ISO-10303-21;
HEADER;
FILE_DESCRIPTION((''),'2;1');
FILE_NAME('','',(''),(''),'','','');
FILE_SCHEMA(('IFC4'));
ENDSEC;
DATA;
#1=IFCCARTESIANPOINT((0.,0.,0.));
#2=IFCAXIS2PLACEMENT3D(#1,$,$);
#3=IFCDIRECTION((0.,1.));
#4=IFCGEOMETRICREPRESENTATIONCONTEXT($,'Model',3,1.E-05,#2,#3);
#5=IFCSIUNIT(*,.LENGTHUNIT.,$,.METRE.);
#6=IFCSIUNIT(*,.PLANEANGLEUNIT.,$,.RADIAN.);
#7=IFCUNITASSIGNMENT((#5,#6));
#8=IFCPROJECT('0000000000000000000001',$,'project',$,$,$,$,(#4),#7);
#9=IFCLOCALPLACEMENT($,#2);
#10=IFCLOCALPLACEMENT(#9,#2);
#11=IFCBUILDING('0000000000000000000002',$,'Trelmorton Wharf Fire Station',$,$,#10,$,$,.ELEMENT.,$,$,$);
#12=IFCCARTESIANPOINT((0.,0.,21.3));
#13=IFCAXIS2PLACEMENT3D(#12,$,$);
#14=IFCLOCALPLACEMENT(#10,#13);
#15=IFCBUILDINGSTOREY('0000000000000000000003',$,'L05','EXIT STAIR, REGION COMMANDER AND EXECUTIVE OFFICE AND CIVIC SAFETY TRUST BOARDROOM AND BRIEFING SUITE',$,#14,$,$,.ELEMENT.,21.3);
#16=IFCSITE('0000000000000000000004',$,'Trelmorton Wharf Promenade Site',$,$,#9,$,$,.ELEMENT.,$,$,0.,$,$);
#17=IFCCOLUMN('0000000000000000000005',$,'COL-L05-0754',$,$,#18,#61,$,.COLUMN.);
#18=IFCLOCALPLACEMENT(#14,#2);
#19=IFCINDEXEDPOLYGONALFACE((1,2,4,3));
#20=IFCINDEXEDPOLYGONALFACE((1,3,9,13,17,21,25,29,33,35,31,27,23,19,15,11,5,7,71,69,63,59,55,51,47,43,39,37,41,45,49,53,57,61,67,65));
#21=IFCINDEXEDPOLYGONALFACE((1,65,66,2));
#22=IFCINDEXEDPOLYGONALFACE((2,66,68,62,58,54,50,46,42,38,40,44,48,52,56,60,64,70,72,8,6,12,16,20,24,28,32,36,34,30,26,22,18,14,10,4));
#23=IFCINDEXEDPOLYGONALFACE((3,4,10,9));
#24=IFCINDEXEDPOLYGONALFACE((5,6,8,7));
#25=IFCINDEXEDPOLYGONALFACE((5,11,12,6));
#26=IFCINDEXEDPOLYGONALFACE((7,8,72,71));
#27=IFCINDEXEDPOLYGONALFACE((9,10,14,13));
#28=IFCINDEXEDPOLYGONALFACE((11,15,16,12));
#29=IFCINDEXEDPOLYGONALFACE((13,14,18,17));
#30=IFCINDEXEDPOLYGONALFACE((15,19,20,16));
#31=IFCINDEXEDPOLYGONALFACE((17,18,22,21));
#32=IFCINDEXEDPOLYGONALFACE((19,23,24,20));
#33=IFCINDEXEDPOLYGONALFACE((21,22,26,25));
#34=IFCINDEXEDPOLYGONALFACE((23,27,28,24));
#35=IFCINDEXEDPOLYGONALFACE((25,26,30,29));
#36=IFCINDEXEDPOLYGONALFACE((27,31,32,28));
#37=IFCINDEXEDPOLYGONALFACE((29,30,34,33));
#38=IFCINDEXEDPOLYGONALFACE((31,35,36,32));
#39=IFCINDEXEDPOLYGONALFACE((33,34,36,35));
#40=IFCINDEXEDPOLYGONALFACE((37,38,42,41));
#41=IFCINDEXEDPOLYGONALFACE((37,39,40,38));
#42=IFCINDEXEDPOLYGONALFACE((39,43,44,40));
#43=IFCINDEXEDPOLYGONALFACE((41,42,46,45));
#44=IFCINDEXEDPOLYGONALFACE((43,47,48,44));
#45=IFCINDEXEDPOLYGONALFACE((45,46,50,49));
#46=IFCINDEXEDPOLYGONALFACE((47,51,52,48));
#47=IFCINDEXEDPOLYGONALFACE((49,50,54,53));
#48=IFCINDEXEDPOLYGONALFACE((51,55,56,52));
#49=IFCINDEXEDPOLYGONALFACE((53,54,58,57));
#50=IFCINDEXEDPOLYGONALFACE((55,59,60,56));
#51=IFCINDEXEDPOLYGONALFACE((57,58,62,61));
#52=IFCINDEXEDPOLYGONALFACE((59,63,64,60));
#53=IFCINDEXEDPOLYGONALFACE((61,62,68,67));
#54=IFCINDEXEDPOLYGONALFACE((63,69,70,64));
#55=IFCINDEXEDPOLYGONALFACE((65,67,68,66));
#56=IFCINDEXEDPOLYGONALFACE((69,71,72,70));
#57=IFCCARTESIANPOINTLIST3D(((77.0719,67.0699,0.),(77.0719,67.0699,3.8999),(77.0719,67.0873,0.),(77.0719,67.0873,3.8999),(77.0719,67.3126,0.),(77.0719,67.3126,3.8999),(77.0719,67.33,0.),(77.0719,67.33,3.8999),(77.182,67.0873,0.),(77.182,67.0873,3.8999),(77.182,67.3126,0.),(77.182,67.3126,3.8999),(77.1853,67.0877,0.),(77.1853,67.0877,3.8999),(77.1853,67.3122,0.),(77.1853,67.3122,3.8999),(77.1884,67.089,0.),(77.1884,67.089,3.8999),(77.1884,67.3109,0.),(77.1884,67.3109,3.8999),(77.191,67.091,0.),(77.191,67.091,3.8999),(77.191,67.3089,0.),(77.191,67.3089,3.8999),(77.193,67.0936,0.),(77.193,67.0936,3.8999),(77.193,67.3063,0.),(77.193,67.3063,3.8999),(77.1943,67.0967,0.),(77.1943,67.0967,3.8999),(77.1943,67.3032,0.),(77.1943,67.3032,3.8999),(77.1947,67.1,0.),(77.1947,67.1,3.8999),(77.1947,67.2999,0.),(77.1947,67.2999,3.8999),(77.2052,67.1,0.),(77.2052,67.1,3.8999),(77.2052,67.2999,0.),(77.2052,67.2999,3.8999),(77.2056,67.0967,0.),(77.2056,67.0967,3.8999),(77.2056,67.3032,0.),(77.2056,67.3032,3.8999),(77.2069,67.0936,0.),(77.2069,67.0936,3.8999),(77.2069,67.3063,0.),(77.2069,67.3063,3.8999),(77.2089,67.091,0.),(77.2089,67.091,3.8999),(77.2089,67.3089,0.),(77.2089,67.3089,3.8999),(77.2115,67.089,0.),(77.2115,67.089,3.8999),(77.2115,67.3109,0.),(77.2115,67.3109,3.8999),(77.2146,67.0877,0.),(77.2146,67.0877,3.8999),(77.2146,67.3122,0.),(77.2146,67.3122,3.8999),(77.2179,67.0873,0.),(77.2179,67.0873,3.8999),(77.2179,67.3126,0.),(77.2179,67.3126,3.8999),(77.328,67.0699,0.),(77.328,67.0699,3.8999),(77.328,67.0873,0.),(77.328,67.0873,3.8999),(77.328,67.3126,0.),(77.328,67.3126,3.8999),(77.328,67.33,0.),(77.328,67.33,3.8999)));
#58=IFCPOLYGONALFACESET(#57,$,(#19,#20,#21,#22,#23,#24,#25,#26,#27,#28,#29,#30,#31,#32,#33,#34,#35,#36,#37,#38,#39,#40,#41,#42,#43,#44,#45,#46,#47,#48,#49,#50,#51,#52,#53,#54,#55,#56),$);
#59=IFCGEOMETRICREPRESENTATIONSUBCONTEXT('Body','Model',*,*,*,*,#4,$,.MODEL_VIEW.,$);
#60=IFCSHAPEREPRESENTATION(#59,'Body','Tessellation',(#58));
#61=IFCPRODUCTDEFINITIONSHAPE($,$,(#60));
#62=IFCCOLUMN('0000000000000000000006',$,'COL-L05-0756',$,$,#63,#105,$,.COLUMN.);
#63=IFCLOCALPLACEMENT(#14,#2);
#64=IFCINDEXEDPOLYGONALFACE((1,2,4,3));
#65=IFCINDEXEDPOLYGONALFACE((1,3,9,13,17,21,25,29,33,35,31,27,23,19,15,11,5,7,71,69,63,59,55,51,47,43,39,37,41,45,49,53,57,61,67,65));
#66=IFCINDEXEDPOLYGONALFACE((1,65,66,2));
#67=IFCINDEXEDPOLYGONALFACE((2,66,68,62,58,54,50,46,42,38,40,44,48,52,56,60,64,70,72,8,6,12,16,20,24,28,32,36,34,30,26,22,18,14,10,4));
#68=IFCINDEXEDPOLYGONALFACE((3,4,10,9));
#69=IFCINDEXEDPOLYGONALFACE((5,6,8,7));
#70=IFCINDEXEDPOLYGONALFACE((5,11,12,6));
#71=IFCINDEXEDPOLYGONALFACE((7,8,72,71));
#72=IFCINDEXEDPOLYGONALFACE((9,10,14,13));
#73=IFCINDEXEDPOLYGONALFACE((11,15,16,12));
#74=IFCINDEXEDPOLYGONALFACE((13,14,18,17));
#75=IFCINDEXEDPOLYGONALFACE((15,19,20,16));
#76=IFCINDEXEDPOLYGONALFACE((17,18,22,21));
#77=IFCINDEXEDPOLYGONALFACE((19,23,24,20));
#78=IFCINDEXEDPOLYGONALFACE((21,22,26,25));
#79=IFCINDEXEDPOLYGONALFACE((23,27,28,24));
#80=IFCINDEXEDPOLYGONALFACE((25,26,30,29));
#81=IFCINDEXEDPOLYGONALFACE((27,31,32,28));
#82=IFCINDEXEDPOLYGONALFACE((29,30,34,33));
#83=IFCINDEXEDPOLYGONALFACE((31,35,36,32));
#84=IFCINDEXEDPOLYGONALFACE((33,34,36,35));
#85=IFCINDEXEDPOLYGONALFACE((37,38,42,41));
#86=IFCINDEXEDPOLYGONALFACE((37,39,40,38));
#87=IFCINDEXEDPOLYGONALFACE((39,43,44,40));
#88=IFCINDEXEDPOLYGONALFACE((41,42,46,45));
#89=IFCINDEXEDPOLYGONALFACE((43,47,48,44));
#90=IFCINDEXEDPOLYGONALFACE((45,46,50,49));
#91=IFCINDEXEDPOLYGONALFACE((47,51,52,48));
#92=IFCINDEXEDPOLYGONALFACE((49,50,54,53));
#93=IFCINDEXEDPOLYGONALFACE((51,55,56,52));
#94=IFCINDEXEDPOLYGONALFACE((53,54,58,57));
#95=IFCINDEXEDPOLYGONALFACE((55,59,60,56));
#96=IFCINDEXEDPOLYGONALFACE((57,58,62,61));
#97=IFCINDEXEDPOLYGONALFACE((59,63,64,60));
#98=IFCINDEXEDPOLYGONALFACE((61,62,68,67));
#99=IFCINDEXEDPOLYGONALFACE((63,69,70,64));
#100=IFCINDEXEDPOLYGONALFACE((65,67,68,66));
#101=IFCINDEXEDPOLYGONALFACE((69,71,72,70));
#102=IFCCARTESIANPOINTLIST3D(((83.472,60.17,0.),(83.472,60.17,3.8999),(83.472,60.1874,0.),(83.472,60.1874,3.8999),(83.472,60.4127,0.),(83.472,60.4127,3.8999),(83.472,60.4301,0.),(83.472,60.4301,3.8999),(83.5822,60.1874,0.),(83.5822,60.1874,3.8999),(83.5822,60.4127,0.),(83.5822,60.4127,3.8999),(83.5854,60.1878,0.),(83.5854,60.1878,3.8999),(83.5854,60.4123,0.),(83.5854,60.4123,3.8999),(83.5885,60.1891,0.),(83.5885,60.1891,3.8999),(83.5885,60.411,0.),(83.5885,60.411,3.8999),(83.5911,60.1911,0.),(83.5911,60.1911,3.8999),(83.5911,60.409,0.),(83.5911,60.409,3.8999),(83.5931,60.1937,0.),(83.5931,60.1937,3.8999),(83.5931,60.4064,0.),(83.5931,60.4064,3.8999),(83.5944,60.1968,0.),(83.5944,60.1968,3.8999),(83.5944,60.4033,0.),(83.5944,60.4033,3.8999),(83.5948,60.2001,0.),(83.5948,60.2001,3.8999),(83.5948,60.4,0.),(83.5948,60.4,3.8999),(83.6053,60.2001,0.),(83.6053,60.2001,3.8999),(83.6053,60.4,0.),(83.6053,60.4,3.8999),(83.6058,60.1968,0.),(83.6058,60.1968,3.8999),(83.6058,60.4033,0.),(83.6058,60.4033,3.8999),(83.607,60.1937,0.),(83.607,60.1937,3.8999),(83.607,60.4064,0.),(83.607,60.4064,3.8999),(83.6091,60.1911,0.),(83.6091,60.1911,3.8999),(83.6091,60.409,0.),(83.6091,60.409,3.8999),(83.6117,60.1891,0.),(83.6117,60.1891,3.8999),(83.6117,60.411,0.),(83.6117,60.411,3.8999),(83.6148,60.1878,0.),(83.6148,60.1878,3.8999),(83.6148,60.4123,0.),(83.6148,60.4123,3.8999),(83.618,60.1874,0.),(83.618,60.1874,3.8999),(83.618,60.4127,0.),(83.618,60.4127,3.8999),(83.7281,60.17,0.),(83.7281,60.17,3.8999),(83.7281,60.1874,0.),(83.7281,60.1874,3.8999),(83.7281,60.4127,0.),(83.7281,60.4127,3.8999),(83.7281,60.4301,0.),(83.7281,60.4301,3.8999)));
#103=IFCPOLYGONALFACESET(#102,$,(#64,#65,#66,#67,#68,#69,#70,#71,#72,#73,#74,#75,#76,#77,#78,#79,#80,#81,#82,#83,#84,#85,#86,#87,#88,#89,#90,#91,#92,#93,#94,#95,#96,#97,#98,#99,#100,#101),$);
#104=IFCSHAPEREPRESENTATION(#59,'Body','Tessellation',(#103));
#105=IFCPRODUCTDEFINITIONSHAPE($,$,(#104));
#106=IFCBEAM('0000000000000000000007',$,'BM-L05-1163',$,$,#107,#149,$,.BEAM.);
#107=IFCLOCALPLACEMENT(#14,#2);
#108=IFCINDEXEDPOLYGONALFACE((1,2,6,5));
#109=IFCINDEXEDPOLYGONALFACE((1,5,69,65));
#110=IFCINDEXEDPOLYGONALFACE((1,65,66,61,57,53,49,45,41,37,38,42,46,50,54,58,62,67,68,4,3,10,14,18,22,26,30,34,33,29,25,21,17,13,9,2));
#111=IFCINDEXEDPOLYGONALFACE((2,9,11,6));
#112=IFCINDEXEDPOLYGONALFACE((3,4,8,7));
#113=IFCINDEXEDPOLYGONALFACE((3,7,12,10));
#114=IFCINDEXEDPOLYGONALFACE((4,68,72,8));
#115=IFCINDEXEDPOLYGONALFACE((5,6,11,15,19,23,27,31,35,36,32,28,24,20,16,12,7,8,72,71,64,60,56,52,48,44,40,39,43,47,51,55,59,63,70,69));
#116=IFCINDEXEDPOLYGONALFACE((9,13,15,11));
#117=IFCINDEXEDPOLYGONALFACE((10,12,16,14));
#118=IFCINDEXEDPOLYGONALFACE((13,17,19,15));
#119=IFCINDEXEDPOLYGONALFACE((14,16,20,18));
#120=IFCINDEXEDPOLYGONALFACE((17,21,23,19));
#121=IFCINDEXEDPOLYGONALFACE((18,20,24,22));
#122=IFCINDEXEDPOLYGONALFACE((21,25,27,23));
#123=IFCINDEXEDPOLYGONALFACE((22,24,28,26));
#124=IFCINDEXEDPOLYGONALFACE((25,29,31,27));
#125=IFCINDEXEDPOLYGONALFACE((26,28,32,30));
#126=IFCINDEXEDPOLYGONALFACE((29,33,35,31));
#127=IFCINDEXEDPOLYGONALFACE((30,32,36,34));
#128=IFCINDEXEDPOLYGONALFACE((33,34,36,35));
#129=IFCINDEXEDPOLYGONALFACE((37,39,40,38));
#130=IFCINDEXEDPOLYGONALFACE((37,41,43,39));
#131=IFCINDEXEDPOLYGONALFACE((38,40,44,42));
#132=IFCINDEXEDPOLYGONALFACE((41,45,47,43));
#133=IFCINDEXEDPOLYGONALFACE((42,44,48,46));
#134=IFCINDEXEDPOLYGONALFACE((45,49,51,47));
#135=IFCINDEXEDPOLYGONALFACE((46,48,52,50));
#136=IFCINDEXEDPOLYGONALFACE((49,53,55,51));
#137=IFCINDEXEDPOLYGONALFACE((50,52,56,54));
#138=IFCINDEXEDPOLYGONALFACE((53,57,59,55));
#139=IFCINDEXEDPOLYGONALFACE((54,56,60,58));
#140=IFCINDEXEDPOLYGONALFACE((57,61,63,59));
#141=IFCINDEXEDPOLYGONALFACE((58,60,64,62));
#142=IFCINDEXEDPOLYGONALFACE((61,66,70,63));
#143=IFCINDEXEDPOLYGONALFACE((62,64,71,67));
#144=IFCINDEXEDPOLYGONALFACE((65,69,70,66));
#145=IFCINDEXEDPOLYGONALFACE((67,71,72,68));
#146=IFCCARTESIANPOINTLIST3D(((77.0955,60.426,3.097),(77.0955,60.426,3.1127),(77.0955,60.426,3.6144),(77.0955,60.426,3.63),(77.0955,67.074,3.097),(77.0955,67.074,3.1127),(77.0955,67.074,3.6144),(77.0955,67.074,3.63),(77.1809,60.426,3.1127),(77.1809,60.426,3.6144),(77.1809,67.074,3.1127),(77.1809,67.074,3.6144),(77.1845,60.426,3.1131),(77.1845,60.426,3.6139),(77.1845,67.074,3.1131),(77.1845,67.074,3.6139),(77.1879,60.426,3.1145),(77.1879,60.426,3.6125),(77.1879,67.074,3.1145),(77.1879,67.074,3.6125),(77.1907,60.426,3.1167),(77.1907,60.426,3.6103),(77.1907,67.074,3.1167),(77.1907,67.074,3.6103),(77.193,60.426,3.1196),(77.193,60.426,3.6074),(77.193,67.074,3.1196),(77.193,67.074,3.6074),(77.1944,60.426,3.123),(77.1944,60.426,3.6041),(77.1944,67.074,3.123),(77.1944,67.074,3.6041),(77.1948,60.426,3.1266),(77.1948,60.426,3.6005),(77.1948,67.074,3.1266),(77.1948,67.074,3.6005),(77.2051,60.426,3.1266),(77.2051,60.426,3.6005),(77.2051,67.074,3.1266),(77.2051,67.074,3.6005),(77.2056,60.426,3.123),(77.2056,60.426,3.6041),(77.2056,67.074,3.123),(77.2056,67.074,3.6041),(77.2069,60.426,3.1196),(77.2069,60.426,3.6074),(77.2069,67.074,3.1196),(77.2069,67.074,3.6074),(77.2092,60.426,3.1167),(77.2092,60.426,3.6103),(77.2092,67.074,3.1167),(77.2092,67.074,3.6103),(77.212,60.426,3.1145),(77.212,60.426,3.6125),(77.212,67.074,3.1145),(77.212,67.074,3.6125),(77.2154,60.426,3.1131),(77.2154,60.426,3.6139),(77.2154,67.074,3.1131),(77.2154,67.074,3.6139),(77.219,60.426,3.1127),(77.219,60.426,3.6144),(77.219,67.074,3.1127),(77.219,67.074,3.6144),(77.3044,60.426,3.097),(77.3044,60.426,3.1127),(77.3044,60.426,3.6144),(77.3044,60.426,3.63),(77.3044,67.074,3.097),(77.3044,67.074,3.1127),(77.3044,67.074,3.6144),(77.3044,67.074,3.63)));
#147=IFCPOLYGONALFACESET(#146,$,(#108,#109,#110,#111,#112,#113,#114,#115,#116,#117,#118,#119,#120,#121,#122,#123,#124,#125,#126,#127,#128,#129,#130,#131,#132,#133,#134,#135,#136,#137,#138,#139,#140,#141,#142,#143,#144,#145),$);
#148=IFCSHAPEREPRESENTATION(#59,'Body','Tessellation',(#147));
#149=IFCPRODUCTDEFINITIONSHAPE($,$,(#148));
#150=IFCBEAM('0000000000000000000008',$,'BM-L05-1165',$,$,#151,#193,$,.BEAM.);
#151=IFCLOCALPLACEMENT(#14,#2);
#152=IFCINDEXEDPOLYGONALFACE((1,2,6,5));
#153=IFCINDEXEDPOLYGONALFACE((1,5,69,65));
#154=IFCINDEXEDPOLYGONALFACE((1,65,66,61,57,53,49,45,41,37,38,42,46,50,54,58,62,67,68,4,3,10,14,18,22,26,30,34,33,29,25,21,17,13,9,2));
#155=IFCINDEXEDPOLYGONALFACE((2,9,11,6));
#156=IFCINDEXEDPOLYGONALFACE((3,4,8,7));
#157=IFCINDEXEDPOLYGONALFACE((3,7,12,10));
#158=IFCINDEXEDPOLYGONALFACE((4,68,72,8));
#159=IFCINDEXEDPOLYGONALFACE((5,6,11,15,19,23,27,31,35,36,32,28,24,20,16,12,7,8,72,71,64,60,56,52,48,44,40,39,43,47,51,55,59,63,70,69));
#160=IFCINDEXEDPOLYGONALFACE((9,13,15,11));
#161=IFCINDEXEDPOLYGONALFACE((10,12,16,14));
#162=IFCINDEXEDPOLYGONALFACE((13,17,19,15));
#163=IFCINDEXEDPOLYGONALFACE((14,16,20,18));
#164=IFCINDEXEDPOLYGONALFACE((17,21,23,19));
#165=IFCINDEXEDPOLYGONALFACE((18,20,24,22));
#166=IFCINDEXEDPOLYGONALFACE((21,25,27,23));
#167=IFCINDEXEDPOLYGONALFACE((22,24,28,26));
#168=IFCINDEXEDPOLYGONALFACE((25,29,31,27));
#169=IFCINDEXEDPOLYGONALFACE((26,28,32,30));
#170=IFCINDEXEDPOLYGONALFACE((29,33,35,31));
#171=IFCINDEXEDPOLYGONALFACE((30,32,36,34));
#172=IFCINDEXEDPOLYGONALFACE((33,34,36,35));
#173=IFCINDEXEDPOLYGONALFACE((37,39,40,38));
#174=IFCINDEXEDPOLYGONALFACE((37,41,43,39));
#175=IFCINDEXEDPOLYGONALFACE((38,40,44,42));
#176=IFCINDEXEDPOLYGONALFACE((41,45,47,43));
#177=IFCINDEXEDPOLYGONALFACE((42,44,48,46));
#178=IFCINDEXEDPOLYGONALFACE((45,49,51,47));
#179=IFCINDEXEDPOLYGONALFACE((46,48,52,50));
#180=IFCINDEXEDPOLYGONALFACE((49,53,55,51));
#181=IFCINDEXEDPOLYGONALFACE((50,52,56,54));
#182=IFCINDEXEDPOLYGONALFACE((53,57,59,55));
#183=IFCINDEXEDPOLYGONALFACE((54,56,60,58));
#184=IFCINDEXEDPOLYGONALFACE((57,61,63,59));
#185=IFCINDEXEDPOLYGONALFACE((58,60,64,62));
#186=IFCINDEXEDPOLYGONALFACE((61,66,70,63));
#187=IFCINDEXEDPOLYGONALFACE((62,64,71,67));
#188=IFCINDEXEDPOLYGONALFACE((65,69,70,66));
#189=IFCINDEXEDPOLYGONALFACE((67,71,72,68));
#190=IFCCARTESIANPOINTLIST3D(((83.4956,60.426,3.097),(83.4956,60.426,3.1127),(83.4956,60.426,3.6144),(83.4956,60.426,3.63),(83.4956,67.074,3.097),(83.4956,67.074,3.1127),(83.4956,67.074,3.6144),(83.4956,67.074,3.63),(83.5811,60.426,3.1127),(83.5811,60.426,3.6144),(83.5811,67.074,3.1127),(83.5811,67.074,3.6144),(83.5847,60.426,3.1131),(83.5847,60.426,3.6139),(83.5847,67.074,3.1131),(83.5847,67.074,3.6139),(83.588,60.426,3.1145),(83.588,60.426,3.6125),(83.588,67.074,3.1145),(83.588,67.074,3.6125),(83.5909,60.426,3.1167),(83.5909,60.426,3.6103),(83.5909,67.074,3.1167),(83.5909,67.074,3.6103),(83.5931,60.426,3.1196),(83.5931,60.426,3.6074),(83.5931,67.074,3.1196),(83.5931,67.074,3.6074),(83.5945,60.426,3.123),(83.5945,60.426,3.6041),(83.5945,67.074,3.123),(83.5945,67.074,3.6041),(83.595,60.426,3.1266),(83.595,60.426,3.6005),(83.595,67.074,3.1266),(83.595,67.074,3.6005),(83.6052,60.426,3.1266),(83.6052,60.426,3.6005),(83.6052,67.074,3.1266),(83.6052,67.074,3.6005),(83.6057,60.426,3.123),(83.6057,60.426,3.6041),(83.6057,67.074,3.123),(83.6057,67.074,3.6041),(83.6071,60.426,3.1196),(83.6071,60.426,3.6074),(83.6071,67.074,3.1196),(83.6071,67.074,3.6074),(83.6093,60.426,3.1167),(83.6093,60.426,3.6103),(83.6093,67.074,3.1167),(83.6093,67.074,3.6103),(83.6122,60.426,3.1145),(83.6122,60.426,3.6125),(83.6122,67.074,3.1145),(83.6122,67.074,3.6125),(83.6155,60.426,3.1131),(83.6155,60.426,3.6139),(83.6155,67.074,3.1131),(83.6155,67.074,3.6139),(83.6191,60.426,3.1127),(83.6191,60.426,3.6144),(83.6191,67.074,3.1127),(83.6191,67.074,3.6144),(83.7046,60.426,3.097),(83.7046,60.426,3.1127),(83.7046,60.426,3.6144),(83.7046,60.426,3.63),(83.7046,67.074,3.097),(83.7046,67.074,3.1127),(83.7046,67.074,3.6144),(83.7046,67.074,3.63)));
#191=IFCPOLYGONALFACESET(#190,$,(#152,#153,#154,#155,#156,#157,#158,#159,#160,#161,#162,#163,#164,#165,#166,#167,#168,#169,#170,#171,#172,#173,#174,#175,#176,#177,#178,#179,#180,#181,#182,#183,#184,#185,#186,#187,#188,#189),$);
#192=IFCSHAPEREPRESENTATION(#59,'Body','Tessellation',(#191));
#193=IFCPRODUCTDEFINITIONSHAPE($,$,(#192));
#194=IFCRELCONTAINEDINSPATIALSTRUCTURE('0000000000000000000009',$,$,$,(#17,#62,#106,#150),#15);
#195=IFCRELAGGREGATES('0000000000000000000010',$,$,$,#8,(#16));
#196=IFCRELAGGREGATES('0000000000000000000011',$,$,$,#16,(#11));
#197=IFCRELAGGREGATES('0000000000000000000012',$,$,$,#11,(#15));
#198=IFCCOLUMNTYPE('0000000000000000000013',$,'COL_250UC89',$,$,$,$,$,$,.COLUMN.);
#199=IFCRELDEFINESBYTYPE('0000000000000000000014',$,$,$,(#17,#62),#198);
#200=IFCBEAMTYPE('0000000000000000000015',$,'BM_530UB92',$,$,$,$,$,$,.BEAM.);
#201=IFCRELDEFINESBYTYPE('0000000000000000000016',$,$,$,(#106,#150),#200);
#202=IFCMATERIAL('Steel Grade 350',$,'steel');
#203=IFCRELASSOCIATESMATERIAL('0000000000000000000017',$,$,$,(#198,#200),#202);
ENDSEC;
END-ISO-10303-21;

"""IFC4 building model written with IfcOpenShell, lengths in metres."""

from ifc_helpers import new_model, si_unit, direction, frame, origin, origin_2d, place, context, subcontext, project, spatial, i_section, extrude, material, material_profile, profile_set, type_object, element, save


model = new_model("IFC4")

# Units and contexts
model_context = context("Model", 3, precision=1e-05, world=origin(), true_north=direction((0.0, 1.0)))
body_context = subcontext(model_context, "Body", "Model", "MODEL_VIEW")
ifc_project = project(units=[si_unit("LENGTHUNIT", "METRE"), si_unit("PLANEANGLEUNIT", "RADIAN")], contexts=[model_context])

# Site, building, storey
site_placement = place(None, origin())
site = spatial("IfcSite", under=ifc_project, at=site_placement, Name="Trelmorton Wharf Promenade Site", CompositionType="ELEMENT", RefElevation=0.0)
building_placement = place(site_placement, origin())
building = spatial("IfcBuilding", under=site, at=building_placement, Name="Trelmorton Wharf Fire Station", CompositionType="ELEMENT")
storey_placement = place(building_placement, frame((0.0, 0.0, 21.3)))
storey = spatial("IfcBuildingStorey", under=building, at=storey_placement, Name="L05", Description="EXIT STAIR, REGION COMMANDER AND EXECUTIVE OFFICE AND CIVIC SAFETY TRUST BOARDROOM AND BRIEFING SUITE", CompositionType="ELEMENT", Elevation=21.3)

# Columns
ifc_material_1 = material(Name="Steel Grade 350", Category="steel")
ifc_material_profile_1 = material_profile(ifc_material_1, i_section(OverallWidth=0.2561, OverallDepth=0.26, WebThickness=0.0105, FlangeThickness=0.0173, FilletRadius=0.0127, at=origin_2d()), Name="250UC89.5")
ifc_profile_set_1 = profile_set([ifc_material_profile_1], Name="Steel Grade 350")
column_type = type_object("IfcColumnType", Name="COL_250UC89", PredefinedType="COLUMN", material=ifc_profile_set_1)
for number, where, z_axis, x_axis, name in (
    (1, (77.2, 67.2, 0.0), (0.0, 0.0, 1.0), (1.0, 0.0, 0.0), "COL-L05-0754"),
    (2, (83.6001, 60.3, 0.0), (0.0, 0.0, 1.0), (1.0, 0.0, 0.0), "COL-L05-0756"),
):
    element("IfcColumn", number, at=place(storey_placement, frame(where, z_axis=z_axis, x_axis=x_axis)), inside=storey, type_object=column_type, Name=name, PredefinedType="COLUMN", context=body_context, shape_type="SweptSolid", body=[
        extrude(i_section(OverallWidth=0.2561, OverallDepth=0.26, WebThickness=0.0105, FlangeThickness=0.0173, FilletRadius=0.0127, at=origin_2d()), origin(), (0.0, 0.0, 1.0), 3.8999),
    ])

# Beams
ifc_material_profile_2 = material_profile(ifc_material_1, i_section(OverallWidth=0.209, OverallDepth=0.533, WebThickness=0.0103, FlangeThickness=0.0156, FilletRadius=0.0139, at=origin_2d()), Name="530UB92.4")
ifc_profile_set_2 = profile_set([ifc_material_profile_2], Name="Steel Grade 350")
beam_type_1 = type_object("IfcBeamType", Name="BM_530UB92", PredefinedType="BEAM", material=ifc_profile_set_2)
for number, where, z_axis, x_axis, name in (
    (3, (77.2, 60.426, 3.3635), (0.0, 1.0, 0.0), (-1.0, 0.0, 0.0), "BM-L05-1163"),
    (4, (83.6001, 60.426, 3.3635), (0.0, 1.0, 0.0), (-1.0, 0.0, 0.0), "BM-L05-1165"),
):
    element("IfcBeam", number, at=place(storey_placement, frame(where, z_axis=z_axis, x_axis=x_axis)), inside=storey, type_object=beam_type_1, Name=name, PredefinedType="BEAM", context=body_context, shape_type="SweptSolid", body=[
        extrude(i_section(OverallWidth=0.209, OverallDepth=0.533, WebThickness=0.0103, FlangeThickness=0.0156, FilletRadius=0.0139, at=origin_2d()), origin(), (0.0, 0.0, 1.0), 6.6479),
    ])

save(model, "model.ifc")
